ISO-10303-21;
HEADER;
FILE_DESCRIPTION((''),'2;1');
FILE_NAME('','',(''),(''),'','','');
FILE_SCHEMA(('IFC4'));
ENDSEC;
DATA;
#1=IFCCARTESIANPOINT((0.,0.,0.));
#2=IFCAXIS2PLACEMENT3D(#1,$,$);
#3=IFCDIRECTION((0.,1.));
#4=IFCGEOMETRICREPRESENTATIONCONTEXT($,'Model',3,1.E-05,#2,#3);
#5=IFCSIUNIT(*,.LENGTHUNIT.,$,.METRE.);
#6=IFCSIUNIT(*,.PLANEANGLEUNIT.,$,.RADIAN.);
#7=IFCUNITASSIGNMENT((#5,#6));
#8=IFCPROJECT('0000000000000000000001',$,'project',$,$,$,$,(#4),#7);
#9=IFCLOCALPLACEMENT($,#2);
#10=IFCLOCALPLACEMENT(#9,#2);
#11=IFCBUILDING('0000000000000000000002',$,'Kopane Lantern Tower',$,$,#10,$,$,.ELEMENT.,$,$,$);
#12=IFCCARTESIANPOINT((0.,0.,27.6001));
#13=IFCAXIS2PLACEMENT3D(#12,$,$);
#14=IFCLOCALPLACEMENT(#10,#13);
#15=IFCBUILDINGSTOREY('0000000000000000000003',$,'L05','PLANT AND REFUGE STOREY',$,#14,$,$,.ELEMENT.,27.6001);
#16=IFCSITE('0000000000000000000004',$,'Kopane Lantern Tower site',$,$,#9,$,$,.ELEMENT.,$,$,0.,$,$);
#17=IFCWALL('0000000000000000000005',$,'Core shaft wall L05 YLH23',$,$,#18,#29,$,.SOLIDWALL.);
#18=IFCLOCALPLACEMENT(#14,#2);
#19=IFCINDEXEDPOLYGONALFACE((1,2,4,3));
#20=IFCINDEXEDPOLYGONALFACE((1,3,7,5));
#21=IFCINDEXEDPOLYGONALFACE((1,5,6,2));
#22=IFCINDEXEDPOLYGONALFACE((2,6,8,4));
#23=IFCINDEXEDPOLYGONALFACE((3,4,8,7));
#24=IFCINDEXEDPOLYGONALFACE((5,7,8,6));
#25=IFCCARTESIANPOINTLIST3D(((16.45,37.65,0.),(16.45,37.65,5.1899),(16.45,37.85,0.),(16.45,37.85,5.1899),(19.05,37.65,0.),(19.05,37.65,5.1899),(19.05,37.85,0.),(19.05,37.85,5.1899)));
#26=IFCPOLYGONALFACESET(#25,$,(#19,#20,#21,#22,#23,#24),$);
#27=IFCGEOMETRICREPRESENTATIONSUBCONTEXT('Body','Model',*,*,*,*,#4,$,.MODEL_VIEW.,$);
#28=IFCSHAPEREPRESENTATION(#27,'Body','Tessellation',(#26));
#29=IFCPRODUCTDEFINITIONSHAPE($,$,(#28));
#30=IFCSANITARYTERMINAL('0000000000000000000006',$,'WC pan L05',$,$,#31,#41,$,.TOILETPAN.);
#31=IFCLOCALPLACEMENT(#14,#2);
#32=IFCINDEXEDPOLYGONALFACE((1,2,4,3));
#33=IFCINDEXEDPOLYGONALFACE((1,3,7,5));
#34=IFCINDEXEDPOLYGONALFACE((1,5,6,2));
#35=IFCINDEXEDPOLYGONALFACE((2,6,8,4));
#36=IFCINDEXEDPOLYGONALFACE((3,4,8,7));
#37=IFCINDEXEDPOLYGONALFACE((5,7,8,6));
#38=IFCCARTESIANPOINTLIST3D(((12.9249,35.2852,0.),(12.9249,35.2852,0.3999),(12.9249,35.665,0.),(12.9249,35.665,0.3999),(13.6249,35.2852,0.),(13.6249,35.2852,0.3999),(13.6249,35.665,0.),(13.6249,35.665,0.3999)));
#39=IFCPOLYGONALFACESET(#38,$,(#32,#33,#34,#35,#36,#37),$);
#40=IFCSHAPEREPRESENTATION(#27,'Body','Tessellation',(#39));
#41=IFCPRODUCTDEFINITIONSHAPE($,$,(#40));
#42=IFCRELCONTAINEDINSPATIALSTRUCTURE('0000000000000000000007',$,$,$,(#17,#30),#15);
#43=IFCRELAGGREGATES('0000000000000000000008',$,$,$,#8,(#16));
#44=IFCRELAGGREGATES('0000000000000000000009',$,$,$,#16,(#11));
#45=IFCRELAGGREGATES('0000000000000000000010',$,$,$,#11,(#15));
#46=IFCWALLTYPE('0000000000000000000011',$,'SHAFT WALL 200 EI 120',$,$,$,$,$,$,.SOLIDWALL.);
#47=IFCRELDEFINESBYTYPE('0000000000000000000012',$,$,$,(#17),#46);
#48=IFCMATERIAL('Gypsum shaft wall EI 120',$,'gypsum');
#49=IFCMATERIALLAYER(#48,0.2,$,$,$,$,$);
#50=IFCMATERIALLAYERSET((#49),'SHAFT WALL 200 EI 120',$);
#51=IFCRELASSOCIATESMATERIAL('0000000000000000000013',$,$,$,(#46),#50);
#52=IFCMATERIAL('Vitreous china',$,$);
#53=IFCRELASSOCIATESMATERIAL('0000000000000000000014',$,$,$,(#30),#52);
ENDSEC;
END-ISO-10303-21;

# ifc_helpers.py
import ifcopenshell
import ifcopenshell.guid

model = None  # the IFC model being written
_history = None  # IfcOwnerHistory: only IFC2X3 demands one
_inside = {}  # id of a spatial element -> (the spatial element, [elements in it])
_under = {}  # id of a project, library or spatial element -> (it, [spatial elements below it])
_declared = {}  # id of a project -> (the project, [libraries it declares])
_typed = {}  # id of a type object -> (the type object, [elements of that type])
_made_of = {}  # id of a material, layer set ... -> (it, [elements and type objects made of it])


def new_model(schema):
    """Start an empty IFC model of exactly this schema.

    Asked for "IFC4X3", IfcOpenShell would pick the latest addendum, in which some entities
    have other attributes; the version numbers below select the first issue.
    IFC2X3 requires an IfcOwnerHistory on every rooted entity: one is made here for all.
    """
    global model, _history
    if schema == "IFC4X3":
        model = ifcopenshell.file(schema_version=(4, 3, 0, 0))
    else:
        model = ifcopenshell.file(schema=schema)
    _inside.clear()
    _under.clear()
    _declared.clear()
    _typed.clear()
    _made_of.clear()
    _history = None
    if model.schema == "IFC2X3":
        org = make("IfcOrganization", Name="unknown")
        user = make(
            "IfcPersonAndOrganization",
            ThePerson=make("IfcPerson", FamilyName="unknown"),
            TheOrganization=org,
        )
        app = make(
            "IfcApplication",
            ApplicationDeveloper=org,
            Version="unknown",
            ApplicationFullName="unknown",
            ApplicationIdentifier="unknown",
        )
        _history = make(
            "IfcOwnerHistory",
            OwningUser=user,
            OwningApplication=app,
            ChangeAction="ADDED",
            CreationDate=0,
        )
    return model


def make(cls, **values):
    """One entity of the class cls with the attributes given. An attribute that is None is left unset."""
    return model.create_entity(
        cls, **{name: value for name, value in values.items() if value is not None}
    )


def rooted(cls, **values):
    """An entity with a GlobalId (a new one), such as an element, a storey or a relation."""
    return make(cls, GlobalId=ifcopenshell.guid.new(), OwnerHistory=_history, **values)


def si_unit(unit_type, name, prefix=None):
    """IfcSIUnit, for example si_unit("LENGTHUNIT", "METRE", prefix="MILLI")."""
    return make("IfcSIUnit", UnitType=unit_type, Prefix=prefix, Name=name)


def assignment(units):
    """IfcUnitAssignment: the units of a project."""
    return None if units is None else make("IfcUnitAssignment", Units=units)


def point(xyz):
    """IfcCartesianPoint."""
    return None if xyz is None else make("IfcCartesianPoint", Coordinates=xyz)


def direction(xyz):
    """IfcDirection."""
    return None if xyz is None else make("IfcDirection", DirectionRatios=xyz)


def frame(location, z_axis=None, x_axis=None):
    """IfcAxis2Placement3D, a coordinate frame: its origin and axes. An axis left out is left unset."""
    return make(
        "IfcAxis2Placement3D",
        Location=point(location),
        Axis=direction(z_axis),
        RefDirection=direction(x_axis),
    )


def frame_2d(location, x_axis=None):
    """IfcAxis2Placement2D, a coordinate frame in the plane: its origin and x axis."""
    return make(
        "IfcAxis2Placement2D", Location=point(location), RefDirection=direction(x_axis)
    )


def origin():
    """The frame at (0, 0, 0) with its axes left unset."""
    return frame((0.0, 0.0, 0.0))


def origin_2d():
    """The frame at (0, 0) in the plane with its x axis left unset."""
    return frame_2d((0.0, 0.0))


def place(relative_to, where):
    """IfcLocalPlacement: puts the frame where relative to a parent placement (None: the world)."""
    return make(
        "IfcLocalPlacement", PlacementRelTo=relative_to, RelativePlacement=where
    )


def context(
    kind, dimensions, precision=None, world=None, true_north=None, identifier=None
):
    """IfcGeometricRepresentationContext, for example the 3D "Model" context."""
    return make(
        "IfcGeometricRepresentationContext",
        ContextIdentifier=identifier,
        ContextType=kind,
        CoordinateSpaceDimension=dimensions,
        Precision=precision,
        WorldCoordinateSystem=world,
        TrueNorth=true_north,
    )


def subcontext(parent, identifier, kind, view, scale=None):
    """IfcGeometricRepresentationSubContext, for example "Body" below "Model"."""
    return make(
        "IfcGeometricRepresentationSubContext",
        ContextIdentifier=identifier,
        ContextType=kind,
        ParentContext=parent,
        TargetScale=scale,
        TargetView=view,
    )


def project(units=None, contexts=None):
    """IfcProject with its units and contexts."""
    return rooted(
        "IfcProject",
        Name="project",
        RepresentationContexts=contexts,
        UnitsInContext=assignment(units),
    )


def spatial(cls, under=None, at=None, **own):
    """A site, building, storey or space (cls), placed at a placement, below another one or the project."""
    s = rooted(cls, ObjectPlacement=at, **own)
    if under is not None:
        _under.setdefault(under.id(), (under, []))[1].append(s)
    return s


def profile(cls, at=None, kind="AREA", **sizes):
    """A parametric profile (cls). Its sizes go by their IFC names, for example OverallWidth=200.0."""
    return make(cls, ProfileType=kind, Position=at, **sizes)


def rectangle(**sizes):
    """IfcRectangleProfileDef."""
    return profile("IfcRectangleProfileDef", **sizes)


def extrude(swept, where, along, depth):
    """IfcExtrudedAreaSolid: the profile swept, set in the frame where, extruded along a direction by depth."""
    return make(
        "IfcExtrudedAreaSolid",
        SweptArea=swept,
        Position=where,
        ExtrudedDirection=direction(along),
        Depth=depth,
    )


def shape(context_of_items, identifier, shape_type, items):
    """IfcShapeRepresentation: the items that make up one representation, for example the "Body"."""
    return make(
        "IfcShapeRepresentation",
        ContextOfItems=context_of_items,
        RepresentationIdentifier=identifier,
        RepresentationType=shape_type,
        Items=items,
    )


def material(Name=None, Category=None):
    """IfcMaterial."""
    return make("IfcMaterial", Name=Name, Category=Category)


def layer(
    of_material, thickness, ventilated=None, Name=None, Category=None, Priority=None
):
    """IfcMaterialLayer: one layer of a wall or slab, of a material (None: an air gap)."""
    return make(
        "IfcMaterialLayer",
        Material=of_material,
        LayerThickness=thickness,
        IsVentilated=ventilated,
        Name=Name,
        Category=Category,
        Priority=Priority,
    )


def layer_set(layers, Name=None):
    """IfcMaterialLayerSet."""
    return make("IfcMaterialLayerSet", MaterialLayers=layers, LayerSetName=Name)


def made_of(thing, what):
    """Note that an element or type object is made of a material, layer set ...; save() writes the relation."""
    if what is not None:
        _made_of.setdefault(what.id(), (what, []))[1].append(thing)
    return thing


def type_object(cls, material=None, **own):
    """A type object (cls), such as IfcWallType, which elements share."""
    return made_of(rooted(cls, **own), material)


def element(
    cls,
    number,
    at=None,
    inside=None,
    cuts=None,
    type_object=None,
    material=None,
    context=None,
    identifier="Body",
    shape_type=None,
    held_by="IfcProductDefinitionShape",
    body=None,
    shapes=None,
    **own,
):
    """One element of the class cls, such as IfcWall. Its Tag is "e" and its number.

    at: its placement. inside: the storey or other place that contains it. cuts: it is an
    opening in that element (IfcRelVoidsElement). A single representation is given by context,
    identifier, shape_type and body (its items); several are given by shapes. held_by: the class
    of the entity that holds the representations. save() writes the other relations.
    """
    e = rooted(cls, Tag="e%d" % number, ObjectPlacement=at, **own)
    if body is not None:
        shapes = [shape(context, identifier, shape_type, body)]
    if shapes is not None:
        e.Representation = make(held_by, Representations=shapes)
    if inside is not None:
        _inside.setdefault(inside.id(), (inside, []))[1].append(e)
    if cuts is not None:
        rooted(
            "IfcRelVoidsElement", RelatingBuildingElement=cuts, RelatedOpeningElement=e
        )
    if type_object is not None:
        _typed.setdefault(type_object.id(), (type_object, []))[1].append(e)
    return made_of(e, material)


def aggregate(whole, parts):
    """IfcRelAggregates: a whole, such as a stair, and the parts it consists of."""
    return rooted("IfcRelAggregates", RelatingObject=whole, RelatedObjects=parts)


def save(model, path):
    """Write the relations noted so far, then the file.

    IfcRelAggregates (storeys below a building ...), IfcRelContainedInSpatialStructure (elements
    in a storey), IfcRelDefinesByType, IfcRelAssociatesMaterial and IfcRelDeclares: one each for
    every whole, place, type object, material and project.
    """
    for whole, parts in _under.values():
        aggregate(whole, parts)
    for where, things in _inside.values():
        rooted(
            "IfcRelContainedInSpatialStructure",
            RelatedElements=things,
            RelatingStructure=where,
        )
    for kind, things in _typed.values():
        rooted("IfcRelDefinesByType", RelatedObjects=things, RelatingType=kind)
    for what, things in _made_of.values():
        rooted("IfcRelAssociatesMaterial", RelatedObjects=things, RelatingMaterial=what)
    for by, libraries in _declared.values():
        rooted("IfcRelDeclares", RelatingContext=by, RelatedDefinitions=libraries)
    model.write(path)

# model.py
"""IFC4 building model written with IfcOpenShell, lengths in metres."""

from ifc_helpers import new_model, si_unit, direction, frame, frame_2d, origin, origin_2d, place, context, subcontext, project, spatial, rectangle, extrude, material, layer, layer_set, type_object, element, save


model = new_model("IFC4")

# Units and contexts
model_context = context("Model", 3, precision=1e-05, world=origin(), true_north=direction((0.0, 1.0)))
body_context = subcontext(model_context, "Body", "Model", "MODEL_VIEW")
ifc_project = project(units=[si_unit("LENGTHUNIT", "METRE"), si_unit("PLANEANGLEUNIT", "RADIAN")], contexts=[model_context])

# Site, building, storey
site_placement = place(None, origin())
site = spatial("IfcSite", under=ifc_project, at=site_placement, Name="Kopane Lantern Tower site", CompositionType="ELEMENT", RefElevation=0.0)
building_placement = place(site_placement, origin())
building = spatial("IfcBuilding", under=site, at=building_placement, Name="Kopane Lantern Tower", CompositionType="ELEMENT")
storey_placement = place(building_placement, frame((0.0, 0.0, 27.6001)))
storey = spatial("IfcBuildingStorey", under=building, at=storey_placement, Name="L05", Description="PLANT AND REFUGE STOREY", CompositionType="ELEMENT", Elevation=27.6001)

# Wall
ifc_material_1 = material(Name="Gypsum shaft wall EI 120", Category="gypsum")
ifc_layer_1 = layer(ifc_material_1, 0.2)
ifc_layer_set_1 = layer_set([ifc_layer_1], Name="SHAFT WALL 200 EI 120")
wall_type_1 = type_object("IfcWallType", Name="SHAFT WALL 200 EI 120", PredefinedType="SOLIDWALL", material=ifc_layer_set_1)
for number, where, z_axis, x_axis, name in (
    (1, (16.45, 37.75, 0.0), (0.0, 0.0, 1.0), (1.0, 0.0, 0.0), "Core shaft wall L05 YLH23"),
):
    element("IfcWall", number, at=place(storey_placement, frame(where, z_axis=z_axis, x_axis=x_axis)), inside=storey, type_object=wall_type_1, Name=name, PredefinedType="SOLIDWALL", context=body_context, shape_type="SweptSolid", body=[
        extrude(rectangle(XDim=2.6001, YDim=0.2, at=frame_2d((1.3, 0.0))), origin(), (0.0, 0.0, 1.0), 5.1899),
    ])

# Sanitary terminal
ifc_material_2 = material(Name="Vitreous china")
sanitary_terminal_placement = place(storey_placement, frame((13.2749, 35.4751, 0.0), z_axis=(0.0, 0.0, 1.0), x_axis=(1.0, 0.0, 0.0)))
element("IfcSanitaryTerminal", 2, at=sanitary_terminal_placement, inside=storey, material=ifc_material_2, Name="WC pan L05", PredefinedType="TOILETPAN", context=body_context, shape_type="SweptSolid", body=[
    extrude(rectangle(XDim=0.7, YDim=0.3799, at=origin_2d()), origin(), (0.0, 0.0, 1.0), 0.3999),
])

save(model, "model.ifc")
